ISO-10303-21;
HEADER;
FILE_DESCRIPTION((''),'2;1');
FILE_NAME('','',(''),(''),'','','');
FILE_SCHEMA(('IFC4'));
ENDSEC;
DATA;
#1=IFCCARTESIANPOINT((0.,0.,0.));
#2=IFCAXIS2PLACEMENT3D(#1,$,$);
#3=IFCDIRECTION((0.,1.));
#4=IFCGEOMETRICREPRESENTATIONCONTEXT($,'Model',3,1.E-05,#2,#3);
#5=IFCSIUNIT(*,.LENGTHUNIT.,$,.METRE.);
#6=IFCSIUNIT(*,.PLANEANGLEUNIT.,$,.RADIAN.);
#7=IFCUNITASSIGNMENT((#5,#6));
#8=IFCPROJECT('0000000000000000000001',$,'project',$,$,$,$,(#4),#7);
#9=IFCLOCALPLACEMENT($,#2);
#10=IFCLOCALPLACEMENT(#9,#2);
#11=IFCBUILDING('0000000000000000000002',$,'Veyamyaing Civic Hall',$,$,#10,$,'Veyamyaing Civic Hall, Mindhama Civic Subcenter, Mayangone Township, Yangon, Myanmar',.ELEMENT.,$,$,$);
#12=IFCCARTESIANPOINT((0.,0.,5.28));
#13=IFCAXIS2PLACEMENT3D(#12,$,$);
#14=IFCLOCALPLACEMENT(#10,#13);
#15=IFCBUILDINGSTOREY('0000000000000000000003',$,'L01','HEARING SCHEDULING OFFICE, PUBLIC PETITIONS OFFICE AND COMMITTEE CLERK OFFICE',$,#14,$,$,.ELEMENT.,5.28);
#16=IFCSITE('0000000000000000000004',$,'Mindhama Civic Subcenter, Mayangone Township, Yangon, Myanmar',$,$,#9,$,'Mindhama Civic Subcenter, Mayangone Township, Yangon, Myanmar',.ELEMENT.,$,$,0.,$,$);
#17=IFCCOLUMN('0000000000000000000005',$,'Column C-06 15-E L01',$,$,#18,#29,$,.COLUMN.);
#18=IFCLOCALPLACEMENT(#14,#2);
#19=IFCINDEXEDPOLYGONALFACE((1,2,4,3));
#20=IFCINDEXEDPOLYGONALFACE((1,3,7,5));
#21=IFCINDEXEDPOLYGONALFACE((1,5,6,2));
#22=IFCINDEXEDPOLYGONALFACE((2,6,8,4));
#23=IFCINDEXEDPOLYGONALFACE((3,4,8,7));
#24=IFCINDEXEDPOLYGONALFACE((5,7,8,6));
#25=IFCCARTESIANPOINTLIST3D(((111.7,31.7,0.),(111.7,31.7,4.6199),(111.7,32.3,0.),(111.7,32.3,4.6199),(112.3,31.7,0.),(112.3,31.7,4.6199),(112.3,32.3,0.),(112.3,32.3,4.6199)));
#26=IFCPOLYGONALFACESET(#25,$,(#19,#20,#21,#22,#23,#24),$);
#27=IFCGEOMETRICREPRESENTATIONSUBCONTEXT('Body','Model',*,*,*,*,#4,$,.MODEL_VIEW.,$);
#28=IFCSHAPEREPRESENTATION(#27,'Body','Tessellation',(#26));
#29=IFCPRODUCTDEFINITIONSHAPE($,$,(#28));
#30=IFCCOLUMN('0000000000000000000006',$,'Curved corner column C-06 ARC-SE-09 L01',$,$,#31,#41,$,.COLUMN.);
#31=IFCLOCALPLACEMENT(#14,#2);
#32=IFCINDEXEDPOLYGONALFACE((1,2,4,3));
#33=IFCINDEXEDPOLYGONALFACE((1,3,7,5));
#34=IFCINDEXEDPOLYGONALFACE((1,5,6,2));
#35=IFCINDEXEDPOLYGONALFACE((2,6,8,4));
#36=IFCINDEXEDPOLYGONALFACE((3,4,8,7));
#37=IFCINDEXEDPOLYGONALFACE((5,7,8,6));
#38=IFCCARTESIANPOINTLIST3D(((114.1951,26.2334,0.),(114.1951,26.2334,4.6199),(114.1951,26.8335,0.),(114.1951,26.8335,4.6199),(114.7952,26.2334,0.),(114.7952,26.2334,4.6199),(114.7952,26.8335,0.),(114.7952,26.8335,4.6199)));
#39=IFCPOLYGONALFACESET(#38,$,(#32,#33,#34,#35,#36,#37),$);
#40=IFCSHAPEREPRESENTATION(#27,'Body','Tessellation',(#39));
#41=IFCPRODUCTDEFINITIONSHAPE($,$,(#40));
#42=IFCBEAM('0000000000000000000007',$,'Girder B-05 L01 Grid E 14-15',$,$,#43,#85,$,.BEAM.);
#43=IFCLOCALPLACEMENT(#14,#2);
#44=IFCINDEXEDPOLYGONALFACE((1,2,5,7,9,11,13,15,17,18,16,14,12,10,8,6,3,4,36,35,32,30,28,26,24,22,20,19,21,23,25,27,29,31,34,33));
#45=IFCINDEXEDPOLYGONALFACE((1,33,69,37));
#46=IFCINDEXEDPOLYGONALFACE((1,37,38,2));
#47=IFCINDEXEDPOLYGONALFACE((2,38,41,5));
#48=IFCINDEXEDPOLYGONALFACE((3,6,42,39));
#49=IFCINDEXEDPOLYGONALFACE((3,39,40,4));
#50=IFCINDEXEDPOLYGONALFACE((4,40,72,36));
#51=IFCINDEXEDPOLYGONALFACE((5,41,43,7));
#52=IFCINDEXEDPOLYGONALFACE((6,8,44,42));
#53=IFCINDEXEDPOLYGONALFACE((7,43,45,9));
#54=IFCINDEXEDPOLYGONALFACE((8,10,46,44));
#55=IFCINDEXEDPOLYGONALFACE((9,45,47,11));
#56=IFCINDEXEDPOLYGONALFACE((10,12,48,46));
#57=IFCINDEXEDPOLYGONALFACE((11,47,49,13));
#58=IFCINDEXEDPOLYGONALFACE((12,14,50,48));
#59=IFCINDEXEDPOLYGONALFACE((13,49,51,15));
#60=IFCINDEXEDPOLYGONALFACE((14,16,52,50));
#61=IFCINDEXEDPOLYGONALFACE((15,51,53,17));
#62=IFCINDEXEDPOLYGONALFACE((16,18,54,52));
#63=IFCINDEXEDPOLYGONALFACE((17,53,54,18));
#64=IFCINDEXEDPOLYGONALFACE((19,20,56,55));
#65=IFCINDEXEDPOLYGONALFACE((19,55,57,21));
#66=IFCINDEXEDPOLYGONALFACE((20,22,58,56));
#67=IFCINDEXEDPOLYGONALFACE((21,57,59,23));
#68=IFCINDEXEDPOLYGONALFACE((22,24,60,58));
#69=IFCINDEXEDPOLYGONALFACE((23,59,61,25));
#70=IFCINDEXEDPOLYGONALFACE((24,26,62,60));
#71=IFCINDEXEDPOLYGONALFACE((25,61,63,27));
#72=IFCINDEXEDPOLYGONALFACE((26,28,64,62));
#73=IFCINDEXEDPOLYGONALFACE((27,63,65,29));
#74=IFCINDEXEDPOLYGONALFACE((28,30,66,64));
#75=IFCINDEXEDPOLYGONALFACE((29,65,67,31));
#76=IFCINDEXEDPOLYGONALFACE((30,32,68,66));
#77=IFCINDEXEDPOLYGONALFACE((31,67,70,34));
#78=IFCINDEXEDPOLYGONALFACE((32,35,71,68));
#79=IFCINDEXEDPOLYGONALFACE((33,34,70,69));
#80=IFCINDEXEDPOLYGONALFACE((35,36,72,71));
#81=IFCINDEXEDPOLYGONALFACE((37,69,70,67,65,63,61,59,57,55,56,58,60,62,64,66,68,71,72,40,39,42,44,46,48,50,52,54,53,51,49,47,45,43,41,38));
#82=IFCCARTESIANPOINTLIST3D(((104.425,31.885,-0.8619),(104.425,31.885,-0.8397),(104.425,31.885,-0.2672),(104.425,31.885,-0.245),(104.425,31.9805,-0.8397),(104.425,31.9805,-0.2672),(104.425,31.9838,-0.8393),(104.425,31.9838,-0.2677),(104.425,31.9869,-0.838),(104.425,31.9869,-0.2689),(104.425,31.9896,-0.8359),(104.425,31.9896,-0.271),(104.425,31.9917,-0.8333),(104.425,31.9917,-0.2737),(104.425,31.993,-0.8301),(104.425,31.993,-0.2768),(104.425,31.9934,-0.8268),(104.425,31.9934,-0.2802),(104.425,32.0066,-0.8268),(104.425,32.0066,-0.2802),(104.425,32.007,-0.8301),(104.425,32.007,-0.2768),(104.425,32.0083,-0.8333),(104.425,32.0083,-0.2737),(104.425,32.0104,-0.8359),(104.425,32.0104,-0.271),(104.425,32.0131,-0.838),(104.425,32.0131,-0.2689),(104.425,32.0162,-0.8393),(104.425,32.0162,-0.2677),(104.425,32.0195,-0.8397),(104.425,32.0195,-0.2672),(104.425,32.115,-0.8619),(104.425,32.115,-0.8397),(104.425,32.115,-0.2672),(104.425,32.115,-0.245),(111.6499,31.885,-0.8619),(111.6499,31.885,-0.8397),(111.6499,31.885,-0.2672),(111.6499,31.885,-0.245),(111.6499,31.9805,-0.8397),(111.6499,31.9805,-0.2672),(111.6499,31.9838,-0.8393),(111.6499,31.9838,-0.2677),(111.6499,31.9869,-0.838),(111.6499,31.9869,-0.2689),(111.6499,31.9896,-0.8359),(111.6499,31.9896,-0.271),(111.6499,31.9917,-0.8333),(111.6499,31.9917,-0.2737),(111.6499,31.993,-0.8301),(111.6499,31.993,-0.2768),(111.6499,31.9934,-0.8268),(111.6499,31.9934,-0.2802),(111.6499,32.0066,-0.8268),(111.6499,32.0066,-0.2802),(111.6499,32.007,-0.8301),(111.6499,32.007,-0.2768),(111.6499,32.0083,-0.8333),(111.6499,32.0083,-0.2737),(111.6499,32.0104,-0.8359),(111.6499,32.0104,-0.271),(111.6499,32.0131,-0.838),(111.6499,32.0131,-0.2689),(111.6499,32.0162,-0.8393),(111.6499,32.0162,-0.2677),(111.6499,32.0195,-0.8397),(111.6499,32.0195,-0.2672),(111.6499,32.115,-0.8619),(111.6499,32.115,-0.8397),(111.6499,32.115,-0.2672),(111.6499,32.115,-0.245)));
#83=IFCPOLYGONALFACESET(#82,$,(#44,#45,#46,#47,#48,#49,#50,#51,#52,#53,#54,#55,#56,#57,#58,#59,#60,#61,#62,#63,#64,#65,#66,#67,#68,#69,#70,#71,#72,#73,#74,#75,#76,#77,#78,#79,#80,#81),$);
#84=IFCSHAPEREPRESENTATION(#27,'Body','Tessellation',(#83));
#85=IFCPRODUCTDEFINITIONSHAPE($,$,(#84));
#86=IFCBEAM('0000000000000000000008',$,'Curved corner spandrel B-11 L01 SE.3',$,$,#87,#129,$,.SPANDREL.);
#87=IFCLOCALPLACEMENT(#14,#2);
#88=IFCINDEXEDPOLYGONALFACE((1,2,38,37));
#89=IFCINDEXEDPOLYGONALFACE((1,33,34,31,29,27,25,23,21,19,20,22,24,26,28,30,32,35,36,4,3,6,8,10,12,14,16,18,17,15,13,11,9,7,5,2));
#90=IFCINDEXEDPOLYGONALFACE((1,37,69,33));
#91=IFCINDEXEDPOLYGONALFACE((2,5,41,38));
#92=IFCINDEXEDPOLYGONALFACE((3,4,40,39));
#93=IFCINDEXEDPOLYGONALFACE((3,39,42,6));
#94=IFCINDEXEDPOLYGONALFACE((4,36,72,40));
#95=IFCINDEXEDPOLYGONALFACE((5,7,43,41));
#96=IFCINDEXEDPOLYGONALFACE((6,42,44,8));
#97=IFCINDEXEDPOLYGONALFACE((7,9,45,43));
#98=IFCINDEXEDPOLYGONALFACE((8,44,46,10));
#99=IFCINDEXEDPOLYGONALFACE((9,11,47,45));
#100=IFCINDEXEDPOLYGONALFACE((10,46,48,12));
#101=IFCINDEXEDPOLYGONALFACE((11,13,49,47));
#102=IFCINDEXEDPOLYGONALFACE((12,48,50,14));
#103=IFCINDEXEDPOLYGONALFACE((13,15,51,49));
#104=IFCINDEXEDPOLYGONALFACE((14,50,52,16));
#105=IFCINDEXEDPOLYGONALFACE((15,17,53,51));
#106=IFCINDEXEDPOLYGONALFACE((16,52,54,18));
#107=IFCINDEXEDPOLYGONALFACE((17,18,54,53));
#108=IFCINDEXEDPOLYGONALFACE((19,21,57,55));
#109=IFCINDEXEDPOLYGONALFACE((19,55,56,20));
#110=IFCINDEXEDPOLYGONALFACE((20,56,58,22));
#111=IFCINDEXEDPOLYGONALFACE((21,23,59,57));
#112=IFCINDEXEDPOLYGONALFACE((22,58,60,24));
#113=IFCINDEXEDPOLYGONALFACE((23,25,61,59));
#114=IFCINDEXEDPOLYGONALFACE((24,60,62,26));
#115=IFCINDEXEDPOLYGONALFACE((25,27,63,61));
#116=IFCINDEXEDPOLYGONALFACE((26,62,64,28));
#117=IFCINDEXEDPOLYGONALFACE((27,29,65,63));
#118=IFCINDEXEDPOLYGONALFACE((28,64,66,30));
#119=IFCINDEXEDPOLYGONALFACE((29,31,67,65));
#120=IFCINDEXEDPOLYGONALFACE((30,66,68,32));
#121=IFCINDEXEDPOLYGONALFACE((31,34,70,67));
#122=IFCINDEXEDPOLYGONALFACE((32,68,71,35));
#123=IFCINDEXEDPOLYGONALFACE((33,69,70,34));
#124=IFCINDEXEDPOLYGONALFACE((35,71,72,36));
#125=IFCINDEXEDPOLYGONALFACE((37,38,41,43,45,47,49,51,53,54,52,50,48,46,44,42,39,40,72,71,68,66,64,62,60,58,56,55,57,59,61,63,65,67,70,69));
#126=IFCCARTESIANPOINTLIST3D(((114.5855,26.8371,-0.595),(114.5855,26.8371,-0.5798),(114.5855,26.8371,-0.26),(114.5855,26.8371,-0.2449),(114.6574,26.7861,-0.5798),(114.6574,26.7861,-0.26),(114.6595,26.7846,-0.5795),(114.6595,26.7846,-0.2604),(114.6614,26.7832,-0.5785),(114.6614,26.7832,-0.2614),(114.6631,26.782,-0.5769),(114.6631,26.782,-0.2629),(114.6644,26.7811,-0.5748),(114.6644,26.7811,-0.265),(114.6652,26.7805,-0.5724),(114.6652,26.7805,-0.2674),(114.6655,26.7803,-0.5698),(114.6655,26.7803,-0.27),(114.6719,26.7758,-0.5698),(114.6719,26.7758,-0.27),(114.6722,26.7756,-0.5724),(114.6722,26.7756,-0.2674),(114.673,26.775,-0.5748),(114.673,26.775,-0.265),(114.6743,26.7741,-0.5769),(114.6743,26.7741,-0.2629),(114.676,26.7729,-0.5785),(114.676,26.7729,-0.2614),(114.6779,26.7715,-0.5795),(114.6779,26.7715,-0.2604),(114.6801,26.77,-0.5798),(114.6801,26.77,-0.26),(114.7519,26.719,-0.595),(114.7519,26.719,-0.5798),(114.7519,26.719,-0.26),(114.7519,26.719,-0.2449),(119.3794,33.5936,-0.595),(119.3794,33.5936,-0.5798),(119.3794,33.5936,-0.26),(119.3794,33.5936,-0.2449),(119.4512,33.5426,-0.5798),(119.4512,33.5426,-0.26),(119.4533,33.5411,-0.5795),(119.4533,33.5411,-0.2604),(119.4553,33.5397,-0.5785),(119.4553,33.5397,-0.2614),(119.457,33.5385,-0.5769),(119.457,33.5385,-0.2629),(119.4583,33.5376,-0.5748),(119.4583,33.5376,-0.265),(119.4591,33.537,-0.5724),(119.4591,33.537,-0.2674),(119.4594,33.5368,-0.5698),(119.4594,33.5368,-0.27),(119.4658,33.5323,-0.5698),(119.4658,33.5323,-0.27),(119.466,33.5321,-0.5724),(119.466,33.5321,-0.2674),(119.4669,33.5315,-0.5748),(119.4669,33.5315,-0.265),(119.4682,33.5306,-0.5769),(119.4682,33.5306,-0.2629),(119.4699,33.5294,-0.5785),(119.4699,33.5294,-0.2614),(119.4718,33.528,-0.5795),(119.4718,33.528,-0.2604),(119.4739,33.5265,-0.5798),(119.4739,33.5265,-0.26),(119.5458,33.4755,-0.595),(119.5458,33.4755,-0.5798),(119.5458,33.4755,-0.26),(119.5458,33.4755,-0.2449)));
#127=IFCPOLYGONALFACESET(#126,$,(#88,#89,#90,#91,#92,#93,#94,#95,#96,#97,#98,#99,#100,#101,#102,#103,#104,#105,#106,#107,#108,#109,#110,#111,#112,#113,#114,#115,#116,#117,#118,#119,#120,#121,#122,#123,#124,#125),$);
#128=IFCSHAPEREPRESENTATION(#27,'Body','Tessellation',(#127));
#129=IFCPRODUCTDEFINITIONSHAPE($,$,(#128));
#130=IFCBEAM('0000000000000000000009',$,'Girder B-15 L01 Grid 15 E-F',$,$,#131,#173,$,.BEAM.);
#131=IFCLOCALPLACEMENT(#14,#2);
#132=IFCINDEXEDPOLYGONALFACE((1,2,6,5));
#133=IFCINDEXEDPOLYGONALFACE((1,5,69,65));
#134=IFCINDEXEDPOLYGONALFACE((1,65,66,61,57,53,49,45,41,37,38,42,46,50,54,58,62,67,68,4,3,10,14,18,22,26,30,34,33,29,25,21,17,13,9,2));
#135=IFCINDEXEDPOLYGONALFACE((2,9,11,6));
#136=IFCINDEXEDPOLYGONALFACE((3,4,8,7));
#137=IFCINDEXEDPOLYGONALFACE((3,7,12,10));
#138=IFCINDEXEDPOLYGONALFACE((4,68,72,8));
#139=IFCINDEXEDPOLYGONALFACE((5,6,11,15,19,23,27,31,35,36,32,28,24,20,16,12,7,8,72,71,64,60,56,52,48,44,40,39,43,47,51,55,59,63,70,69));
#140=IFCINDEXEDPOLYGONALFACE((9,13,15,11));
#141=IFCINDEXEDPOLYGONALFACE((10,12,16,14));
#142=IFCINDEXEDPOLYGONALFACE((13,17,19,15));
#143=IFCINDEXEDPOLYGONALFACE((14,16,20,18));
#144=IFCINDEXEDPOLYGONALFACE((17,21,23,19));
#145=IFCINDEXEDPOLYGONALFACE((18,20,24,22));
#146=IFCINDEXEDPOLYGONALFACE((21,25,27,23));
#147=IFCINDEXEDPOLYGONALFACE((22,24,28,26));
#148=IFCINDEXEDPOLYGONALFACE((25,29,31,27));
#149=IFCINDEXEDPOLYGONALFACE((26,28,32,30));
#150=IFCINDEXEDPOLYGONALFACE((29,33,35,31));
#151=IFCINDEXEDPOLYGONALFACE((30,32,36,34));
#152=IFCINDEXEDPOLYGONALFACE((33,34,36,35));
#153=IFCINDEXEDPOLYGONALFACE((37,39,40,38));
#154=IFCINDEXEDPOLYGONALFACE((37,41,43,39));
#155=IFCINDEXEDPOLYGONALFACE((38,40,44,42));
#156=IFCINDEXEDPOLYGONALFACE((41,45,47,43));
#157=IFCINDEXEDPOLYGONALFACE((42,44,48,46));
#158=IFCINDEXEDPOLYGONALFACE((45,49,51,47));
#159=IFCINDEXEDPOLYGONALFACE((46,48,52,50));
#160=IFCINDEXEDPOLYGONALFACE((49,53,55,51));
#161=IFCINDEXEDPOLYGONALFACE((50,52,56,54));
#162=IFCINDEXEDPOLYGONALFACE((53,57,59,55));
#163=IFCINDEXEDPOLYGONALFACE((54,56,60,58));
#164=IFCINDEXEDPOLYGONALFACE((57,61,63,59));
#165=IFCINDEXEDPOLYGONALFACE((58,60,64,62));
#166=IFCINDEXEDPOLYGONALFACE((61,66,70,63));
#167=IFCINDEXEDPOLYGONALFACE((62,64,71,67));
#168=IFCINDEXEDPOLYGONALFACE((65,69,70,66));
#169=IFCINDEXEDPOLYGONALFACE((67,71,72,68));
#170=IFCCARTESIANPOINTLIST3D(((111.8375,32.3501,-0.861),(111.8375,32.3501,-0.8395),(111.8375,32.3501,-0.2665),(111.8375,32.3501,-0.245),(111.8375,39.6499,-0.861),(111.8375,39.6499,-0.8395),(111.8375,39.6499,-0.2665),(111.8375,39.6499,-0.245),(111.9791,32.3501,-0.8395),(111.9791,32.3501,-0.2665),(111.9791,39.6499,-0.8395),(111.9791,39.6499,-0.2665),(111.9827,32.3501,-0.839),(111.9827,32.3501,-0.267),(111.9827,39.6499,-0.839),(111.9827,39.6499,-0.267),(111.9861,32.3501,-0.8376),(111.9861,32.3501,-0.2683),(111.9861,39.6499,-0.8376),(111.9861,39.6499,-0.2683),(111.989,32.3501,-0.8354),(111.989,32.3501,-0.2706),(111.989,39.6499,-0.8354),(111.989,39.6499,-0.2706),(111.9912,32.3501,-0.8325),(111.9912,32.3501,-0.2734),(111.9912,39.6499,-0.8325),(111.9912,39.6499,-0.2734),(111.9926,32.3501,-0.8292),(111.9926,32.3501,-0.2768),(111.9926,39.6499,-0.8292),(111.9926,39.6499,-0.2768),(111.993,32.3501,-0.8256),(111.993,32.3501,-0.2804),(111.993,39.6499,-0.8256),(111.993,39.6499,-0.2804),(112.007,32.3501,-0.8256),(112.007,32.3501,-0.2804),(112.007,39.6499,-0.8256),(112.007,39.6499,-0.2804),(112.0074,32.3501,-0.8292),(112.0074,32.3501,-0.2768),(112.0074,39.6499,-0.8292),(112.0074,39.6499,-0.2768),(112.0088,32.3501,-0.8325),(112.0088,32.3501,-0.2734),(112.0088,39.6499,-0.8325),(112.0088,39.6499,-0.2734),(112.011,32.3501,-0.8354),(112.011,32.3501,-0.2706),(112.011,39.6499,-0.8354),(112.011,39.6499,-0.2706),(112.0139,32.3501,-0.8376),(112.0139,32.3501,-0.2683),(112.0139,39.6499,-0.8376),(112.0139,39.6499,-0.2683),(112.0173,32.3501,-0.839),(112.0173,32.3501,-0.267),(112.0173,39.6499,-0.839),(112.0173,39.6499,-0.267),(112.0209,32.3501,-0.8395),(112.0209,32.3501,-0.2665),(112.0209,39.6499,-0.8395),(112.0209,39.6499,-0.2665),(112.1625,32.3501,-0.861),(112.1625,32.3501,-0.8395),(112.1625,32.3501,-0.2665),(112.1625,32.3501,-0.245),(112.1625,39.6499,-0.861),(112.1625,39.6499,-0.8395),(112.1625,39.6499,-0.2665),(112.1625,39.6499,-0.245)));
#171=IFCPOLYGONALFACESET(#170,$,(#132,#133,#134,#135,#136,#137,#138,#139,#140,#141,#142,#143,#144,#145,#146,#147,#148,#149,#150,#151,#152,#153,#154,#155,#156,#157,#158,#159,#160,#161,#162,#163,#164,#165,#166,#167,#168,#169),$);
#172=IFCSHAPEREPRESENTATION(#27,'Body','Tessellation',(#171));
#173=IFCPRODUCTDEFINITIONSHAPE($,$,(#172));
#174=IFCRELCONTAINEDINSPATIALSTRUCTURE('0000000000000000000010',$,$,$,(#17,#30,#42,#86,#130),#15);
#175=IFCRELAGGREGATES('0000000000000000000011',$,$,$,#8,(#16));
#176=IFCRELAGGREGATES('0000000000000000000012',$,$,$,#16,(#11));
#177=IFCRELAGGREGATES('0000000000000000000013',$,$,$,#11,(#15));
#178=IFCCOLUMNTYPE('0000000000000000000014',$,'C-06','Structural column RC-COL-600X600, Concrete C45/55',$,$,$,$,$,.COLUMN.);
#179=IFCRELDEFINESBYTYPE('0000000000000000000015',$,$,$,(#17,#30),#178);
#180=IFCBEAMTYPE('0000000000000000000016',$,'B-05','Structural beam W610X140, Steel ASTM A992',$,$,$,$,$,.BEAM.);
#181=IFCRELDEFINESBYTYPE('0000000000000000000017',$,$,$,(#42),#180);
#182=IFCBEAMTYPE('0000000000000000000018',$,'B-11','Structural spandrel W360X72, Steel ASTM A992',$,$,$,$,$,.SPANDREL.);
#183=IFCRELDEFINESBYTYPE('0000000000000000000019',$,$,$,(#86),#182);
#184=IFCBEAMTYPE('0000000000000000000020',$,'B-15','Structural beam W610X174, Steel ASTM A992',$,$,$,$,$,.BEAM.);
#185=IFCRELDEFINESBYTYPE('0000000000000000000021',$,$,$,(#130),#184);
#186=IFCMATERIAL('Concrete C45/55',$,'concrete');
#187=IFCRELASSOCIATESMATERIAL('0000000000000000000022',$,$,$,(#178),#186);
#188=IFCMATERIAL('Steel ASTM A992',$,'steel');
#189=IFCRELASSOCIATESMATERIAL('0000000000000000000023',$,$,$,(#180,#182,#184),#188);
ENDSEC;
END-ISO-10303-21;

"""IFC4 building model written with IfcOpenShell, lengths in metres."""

from ifc_helpers import new_model, si_unit, direction, frame, origin, origin_2d, place, context, subcontext, project, spatial, rectangle, i_section, extrude, material, material_profile, profile_set, type_object, element, save


model = new_model("IFC4")

# Units and contexts
model_context = context("Model", 3, precision=1e-05, world=origin(), true_north=direction((0.0, 1.0)))
body_context = subcontext(model_context, "Body", "Model", "MODEL_VIEW")
ifc_project = project(units=[si_unit("LENGTHUNIT", "METRE"), si_unit("PLANEANGLEUNIT", "RADIAN")], contexts=[model_context])

# Site, building, storey
site_placement = place(None, origin())
site = spatial("IfcSite", under=ifc_project, at=site_placement, Name="Mindhama Civic Subcenter, Mayangone Township, Yangon, Myanmar", LongName="Mindhama Civic Subcenter, Mayangone Township, Yangon, Myanmar", CompositionType="ELEMENT", RefElevation=0.0)
building_placement = place(site_placement, origin())
building = spatial("IfcBuilding", under=site, at=building_placement, Name="Veyamyaing Civic Hall", LongName="Veyamyaing Civic Hall, Mindhama Civic Subcenter, Mayangone Township, Yangon, Myanmar", CompositionType="ELEMENT")
storey_placement = place(building_placement, frame((0.0, 0.0, 5.28)))
storey = spatial("IfcBuildingStorey", under=building, at=storey_placement, Name="L01", Description="HEARING SCHEDULING OFFICE, PUBLIC PETITIONS OFFICE AND COMMITTEE CLERK OFFICE", CompositionType="ELEMENT", Elevation=5.28)

# Columns
ifc_material_1 = material(Name="Concrete C45/55", Category="concrete")
ifc_material_profile_1 = material_profile(ifc_material_1, rectangle(XDim=0.6001, YDim=0.6001, at=origin_2d()), Name="RC-COL-600X600")
ifc_profile_set_1 = profile_set([ifc_material_profile_1], Name="Concrete C45/55")
column_type = type_object("IfcColumnType", Name="C-06", Description="Structural column RC-COL-600X600, Concrete C45/55", PredefinedType="COLUMN", material=ifc_profile_set_1)
for number, where, z_axis, x_axis, name in (
    (1, (112.0, 32.0, 0.0), (0.0, 0.0, 1.0), (1.0, 0.0, 0.0), "Column C-06 15-E L01"),
    (2, (114.4951, 26.5334, 0.0), (0.0, 0.0, 1.0), (1.0, 0.0, 0.0), "Curved corner column C-06 ARC-SE-09 L01"),
):
    element("IfcColumn", number, at=place(storey_placement, frame(where, z_axis=z_axis, x_axis=x_axis)), inside=storey, type_object=column_type, Name=name, PredefinedType="COLUMN", context=body_context, shape_type="SweptSolid", body=[
        extrude(rectangle(XDim=0.6001, YDim=0.6001, at=origin_2d()), origin(), (0.0, 0.0, 1.0), 4.6199),
    ])

# Beams
ifc_material_2 = material(Name="Steel ASTM A992", Category="steel")
ifc_material_profile_2 = material_profile(ifc_material_2, i_section(OverallWidth=0.23, OverallDepth=0.6169, WebThickness=0.0132, FlangeThickness=0.0222, FilletRadius=0.0129, at=origin_2d()), Name="W610X140")
ifc_profile_set_2 = profile_set([ifc_material_profile_2], Name="Steel ASTM A992")
beam_type_1 = type_object("IfcBeamType", Name="B-05", Description="Structural beam W610X140, Steel ASTM A992", PredefinedType="BEAM", material=ifc_profile_set_2)
beam_1_placement = place(storey_placement, frame((104.425, 32.0, -0.5535), z_axis=(1.0, 0.0, 0.0), x_axis=(0.0, 1.0, 0.0)))
element("IfcBeam", 3, at=beam_1_placement, inside=storey, type_object=beam_type_1, Name="Girder B-05 L01 Grid E 14-15", PredefinedType="BEAM", context=body_context, shape_type="SweptSolid", body=[
    extrude(i_section(OverallWidth=0.23, OverallDepth=0.6169, WebThickness=0.0132, FlangeThickness=0.0222, FilletRadius=0.0129, at=origin_2d()), origin(), (0.0, 0.0, 1.0), 7.2249),
])
ifc_material_profile_3 = material_profile(ifc_material_2, i_section(OverallWidth=0.2041, OverallDepth=0.3501, WebThickness=0.0078, FlangeThickness=0.0151, FilletRadius=0.01, at=origin_2d()), Name="W360X72")
ifc_profile_set_3 = profile_set([ifc_material_profile_3], Name="Steel ASTM A992")
beam_type_2 = type_object("IfcBeamType", Name="B-11", Description="Structural spandrel W360X72, Steel ASTM A992", PredefinedType="SPANDREL", material=ifc_profile_set_3)
beam_2_placement = place(storey_placement, frame((114.6687, 26.7781, -0.4199), z_axis=(0.578662, 0.815567, 0.0), x_axis=(-0.815567, 0.578662, 0.0)))
element("IfcBeam", 4, at=beam_2_placement, inside=storey, type_object=beam_type_2, Name="Curved corner spandrel B-11 L01 SE.3", PredefinedType="SPANDREL", context=body_context, shape_type="SweptSolid", body=[
    extrude(i_section(OverallWidth=0.2041, OverallDepth=0.3501, WebThickness=0.0078, FlangeThickness=0.0151, FilletRadius=0.01, at=origin_2d()), origin(), (0.0, 0.0, 1.0), 8.2844),
])
ifc_material_profile_4 = material_profile(ifc_material_2, i_section(OverallWidth=0.325, OverallDepth=0.616, WebThickness=0.0139, FlangeThickness=0.0215, FilletRadius=0.0139, at=origin_2d()), Name="W610X174")
ifc_profile_set_4 = profile_set([ifc_material_profile_4], Name="Steel ASTM A992")
beam_type_3 = type_object("IfcBeamType", Name="B-15", Description="Structural beam W610X174, Steel ASTM A992", PredefinedType="BEAM", material=ifc_profile_set_4)
beam_3_placement = place(storey_placement, frame((112.0, 32.3501, -0.553), z_axis=(0.0, 1.0, 0.0), x_axis=(-1.0, 0.0, 0.0)))
element("IfcBeam", 5, at=beam_3_placement, inside=storey, type_object=beam_type_3, Name="Girder B-15 L01 Grid 15 E-F", PredefinedType="BEAM", context=body_context, shape_type="SweptSolid", body=[
    extrude(i_section(OverallWidth=0.325, OverallDepth=0.616, WebThickness=0.0139, FlangeThickness=0.0215, FilletRadius=0.0139, at=origin_2d()), origin(), (0.0, 0.0, 1.0), 7.2998),
])

save(model, "model.ifc")
